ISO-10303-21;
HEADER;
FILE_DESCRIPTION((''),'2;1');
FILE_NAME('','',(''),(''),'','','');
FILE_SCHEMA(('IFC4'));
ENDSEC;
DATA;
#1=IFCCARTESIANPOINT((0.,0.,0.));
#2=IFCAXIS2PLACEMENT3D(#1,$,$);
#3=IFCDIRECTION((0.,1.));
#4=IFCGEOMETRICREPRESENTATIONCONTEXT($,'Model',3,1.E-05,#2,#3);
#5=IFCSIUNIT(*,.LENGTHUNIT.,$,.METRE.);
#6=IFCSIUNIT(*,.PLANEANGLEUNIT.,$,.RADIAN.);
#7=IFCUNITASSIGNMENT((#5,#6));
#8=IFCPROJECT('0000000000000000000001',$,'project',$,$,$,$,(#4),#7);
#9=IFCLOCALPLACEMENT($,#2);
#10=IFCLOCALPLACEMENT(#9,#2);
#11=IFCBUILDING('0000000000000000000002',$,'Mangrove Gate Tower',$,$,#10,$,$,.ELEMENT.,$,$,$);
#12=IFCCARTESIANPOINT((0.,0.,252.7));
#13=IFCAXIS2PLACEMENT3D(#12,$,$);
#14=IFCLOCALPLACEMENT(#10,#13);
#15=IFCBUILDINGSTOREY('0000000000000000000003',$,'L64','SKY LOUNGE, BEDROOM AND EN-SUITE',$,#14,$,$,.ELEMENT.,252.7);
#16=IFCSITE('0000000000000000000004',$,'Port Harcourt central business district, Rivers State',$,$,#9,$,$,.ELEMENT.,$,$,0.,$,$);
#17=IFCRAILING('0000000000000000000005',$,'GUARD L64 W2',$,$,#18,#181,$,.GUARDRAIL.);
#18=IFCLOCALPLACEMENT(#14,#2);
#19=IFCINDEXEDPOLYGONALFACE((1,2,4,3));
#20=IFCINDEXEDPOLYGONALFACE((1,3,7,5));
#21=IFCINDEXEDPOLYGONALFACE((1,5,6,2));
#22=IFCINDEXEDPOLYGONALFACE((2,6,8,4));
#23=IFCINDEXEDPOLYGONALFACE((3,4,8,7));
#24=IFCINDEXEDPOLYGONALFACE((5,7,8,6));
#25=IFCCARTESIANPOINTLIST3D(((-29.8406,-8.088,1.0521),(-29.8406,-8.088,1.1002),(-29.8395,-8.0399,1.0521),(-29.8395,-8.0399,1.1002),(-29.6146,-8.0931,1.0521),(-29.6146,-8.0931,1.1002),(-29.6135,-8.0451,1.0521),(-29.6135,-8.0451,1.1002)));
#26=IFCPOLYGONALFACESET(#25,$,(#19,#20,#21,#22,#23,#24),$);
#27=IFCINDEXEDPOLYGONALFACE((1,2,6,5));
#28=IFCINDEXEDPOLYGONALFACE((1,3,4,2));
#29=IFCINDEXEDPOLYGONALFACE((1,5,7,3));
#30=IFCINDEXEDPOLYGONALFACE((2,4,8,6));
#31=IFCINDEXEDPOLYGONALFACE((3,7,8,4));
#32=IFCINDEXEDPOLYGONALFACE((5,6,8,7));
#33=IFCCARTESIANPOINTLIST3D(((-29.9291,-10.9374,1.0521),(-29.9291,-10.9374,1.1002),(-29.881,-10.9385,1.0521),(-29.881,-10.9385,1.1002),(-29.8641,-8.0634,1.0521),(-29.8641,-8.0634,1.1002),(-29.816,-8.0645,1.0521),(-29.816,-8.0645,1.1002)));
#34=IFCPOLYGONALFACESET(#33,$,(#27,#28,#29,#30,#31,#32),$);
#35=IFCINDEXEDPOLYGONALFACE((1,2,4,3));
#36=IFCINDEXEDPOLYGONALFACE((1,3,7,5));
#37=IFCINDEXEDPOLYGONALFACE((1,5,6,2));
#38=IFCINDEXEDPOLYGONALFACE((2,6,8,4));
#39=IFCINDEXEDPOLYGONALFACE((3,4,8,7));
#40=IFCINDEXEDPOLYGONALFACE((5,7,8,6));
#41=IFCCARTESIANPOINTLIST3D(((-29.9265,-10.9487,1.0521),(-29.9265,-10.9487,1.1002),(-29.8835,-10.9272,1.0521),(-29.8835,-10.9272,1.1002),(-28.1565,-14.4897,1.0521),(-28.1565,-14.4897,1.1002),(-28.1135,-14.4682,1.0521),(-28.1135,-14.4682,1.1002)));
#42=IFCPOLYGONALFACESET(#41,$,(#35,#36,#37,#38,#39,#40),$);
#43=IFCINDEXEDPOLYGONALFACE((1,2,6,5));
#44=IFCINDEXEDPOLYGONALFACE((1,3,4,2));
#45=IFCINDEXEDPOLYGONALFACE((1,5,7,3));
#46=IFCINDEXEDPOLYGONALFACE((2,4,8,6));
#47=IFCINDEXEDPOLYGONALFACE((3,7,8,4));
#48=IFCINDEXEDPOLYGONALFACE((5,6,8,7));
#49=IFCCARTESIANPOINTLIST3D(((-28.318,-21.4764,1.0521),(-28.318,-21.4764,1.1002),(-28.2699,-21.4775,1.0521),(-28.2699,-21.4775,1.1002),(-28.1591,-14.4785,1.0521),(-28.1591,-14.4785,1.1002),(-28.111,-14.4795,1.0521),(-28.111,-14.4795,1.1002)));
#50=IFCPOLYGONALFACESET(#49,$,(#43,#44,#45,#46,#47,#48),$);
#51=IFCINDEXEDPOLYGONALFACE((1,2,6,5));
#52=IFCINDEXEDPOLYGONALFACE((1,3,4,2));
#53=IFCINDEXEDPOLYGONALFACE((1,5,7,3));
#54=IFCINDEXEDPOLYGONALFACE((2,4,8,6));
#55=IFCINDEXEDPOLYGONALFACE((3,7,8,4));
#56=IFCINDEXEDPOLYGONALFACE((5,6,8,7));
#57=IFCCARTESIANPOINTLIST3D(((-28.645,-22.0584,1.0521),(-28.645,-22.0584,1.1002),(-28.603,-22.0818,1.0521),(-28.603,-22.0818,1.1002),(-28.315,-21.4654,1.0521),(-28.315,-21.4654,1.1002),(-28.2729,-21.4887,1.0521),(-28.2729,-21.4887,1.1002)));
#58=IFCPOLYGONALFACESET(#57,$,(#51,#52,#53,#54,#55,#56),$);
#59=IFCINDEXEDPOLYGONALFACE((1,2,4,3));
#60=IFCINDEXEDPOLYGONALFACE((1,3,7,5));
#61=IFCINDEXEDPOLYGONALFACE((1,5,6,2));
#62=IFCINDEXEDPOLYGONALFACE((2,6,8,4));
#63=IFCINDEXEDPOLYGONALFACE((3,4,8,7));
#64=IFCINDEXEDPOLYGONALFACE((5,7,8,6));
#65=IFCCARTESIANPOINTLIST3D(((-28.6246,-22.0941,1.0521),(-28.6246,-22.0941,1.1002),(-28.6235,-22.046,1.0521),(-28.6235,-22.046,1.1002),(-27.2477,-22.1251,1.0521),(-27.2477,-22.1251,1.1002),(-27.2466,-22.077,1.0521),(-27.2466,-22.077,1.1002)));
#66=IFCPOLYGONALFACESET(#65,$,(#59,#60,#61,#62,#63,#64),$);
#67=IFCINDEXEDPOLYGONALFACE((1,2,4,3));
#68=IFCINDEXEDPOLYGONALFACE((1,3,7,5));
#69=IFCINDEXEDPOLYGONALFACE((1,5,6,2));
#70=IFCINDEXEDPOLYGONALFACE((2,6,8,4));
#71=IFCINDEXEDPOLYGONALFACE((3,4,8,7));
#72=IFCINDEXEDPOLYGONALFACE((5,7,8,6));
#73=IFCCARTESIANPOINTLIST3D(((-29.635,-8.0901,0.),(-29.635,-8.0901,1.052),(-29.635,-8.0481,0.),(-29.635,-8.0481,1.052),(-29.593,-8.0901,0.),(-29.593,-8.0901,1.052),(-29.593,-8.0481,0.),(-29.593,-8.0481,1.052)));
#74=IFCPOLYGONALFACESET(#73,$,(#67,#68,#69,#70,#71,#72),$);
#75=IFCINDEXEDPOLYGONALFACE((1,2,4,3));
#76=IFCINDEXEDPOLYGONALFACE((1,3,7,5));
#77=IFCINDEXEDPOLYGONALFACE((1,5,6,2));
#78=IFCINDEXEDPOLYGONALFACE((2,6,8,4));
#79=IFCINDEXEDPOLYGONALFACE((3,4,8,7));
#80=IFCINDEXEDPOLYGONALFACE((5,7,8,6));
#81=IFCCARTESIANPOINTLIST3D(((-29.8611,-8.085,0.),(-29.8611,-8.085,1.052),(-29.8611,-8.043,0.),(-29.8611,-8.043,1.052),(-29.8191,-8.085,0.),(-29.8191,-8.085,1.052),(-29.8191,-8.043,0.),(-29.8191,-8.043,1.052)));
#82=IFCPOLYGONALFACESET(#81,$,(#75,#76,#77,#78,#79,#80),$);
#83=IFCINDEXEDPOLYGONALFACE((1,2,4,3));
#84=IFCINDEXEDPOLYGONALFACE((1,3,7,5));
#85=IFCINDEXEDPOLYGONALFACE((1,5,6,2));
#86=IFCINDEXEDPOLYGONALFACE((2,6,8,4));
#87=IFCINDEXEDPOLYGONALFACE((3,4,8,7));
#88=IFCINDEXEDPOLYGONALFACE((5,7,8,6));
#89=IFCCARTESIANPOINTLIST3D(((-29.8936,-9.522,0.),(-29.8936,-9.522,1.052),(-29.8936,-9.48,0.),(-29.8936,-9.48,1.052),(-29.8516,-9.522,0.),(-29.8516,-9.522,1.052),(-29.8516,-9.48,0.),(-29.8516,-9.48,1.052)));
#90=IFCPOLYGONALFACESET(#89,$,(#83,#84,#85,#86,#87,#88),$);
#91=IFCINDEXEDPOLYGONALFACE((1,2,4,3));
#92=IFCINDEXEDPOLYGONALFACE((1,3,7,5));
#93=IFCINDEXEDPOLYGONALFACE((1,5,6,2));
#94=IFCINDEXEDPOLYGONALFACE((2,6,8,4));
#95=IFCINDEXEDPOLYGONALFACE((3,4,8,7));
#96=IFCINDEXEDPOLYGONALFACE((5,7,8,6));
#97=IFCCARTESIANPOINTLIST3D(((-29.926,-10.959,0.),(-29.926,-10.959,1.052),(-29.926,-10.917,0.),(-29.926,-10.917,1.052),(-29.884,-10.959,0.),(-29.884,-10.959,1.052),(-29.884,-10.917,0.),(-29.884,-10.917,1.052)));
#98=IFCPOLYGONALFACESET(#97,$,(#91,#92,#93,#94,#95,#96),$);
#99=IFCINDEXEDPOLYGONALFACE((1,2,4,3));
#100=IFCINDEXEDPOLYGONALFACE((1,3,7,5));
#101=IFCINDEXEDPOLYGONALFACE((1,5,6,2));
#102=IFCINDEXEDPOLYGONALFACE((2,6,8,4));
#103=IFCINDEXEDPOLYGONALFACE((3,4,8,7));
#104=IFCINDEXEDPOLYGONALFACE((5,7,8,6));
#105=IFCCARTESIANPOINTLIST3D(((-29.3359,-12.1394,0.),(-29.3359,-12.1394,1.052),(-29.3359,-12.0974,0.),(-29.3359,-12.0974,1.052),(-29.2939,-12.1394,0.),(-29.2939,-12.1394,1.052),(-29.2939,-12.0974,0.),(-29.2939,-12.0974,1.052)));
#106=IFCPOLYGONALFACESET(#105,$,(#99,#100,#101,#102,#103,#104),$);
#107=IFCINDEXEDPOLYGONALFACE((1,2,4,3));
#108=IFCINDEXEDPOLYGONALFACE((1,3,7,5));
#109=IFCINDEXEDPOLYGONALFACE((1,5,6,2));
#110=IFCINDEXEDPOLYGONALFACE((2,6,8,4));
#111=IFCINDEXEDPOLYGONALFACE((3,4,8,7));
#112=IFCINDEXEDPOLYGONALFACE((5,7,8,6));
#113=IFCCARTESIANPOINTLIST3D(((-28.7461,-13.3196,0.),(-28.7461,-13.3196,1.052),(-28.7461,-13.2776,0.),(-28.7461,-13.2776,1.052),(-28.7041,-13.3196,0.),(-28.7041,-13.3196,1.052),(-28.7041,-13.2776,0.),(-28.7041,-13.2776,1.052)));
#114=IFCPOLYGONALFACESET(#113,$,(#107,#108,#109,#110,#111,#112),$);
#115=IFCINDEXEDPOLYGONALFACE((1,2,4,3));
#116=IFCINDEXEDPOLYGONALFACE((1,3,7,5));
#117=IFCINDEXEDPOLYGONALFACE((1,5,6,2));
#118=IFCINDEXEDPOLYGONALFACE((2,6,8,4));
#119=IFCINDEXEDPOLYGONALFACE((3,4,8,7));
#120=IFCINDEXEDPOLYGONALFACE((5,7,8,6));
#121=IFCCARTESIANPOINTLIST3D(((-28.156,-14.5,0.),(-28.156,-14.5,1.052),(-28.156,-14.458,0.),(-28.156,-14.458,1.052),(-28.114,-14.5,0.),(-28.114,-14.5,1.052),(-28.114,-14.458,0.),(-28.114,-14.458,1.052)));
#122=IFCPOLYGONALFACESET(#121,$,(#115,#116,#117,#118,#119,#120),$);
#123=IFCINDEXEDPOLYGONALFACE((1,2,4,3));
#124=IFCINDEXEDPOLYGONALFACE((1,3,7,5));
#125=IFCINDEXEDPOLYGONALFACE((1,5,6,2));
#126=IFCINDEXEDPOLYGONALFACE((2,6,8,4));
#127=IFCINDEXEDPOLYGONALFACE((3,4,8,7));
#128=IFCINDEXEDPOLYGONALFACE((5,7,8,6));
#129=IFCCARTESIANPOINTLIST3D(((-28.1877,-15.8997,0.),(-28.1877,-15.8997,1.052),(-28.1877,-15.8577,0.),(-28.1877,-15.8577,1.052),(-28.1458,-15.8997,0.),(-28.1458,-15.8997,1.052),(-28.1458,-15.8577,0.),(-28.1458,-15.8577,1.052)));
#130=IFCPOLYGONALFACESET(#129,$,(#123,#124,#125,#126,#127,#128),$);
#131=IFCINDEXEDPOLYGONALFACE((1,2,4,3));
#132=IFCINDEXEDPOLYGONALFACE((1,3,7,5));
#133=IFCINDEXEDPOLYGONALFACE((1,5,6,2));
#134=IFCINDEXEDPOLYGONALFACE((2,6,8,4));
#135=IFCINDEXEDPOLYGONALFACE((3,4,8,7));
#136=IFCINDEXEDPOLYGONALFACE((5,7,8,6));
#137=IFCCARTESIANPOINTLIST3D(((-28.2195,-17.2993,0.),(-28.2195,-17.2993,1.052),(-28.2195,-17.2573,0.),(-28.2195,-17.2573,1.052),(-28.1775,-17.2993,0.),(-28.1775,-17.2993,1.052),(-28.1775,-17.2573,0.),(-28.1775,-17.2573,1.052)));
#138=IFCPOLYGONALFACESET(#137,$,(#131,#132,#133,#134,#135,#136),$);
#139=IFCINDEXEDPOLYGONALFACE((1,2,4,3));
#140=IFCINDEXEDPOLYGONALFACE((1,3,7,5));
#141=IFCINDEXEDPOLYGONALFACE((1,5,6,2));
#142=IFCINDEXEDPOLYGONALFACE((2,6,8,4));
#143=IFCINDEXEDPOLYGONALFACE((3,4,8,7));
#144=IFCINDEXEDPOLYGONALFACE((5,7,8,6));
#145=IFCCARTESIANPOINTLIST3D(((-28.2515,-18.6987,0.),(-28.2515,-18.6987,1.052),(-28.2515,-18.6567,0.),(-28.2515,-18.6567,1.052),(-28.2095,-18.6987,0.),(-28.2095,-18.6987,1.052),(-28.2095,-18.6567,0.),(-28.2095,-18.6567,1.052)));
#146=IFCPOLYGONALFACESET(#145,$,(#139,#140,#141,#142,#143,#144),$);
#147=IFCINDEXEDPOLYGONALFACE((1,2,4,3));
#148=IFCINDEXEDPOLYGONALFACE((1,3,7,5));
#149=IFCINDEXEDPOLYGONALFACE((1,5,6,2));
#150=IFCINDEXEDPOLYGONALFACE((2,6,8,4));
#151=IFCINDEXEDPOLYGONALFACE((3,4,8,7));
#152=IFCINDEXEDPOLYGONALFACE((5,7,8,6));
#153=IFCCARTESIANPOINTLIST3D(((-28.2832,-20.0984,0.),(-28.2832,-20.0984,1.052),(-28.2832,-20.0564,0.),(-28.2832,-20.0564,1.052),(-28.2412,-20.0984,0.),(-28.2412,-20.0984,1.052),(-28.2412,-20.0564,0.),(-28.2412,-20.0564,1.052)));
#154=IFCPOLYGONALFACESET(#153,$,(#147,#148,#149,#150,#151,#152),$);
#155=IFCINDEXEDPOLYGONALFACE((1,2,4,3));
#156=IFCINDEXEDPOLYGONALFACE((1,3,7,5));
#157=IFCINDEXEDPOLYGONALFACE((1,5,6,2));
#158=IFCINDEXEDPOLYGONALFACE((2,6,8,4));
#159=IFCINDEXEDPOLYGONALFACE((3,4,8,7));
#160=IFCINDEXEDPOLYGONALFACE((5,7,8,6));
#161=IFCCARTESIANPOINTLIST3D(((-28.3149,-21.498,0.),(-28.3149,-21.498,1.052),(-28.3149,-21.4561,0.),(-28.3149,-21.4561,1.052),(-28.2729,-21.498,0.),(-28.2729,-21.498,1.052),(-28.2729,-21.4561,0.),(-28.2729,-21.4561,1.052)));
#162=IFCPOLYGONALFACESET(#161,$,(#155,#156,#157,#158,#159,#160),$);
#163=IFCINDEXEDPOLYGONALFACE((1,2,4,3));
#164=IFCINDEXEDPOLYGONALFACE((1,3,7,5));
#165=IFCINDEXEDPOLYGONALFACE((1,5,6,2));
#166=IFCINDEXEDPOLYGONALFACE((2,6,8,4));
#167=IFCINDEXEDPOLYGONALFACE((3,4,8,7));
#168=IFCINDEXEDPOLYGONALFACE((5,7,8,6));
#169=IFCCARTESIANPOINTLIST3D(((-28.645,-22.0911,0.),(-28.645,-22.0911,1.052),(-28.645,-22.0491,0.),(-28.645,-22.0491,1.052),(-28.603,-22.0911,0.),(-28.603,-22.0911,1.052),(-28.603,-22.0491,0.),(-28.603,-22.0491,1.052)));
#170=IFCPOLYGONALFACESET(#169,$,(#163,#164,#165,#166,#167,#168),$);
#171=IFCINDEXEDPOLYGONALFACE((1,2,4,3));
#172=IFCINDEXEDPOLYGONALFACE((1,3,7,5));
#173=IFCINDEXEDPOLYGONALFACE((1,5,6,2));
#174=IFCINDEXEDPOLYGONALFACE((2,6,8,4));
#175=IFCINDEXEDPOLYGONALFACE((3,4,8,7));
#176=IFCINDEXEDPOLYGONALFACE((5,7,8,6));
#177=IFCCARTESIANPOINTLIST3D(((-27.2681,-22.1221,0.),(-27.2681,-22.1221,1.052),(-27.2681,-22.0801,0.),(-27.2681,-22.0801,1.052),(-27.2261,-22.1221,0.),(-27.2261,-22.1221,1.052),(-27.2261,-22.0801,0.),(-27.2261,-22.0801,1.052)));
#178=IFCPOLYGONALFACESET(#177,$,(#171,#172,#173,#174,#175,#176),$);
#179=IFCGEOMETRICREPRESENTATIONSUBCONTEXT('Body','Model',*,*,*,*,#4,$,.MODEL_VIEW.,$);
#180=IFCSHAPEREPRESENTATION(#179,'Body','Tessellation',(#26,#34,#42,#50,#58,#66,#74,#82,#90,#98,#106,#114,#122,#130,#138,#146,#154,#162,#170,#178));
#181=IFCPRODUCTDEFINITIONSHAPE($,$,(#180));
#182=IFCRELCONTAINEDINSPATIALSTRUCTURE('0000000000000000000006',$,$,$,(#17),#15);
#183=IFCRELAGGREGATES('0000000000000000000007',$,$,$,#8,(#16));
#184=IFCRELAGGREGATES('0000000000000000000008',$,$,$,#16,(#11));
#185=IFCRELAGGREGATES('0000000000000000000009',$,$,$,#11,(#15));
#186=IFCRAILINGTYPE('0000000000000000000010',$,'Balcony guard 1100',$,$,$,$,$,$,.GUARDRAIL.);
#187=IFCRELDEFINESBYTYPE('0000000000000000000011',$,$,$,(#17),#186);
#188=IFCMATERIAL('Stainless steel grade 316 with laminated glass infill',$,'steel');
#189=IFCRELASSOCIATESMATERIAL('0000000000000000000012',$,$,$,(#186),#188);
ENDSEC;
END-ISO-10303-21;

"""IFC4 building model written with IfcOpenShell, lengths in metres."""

from ifc_helpers import new_model, si_unit, direction, frame, origin, origin_2d, place, context, subcontext, project, spatial, rectangle, extrude, material, type_object, element, save


model = new_model("IFC4")

# Units and contexts
model_context = context("Model", 3, precision=1e-05, world=origin(), true_north=direction((0.0, 1.0)))
body_context = subcontext(model_context, "Body", "Model", "MODEL_VIEW")
ifc_project = project(units=[si_unit("LENGTHUNIT", "METRE"), si_unit("PLANEANGLEUNIT", "RADIAN")], contexts=[model_context])

# Site, building, storey
site_placement = place(None, origin())
site = spatial("IfcSite", under=ifc_project, at=site_placement, Name="Port Harcourt central business district, Rivers State", CompositionType="ELEMENT", RefElevation=0.0)
building_placement = place(site_placement, origin())
building = spatial("IfcBuilding", under=site, at=building_placement, Name="Mangrove Gate Tower", CompositionType="ELEMENT")
storey_placement = place(building_placement, frame((0.0, 0.0, 252.7)))
storey = spatial("IfcBuildingStorey", under=building, at=storey_placement, Name="L64", Description="SKY LOUNGE, BEDROOM AND EN-SUITE", CompositionType="ELEMENT", Elevation=252.7)

# Railing
ifc_material_1 = material(Name="Stainless steel grade 316 with laminated glass infill", Category="steel")
railing_type = type_object("IfcRailingType", Name="Balcony guard 1100", PredefinedType="GUARDRAIL", material=ifc_material_1)
railing_1_placement = place(storey_placement, frame((-29.614, -8.0691, 0.0)))
element("IfcRailing", 1, at=railing_1_placement, inside=storey, type_object=railing_type, Name="GUARD L64 W2", PredefinedType="GUARDRAIL", context=body_context, shape_type="SweptSolid", body=[
    extrude(rectangle(XDim=0.0481, YDim=0.0481, at=origin_2d()), frame((0.0, 0.0, 1.0762), z_axis=(-0.999743, 0.022672, 0.0), x_axis=(-0.022672, -0.999743, 0.0)), (0.0, 0.0, 1.0), 0.2261),
    extrude(rectangle(XDim=0.0481, YDim=0.0481, at=origin_2d()), frame((-0.2261, 0.0051, 1.0762), z_axis=(-0.02259, -0.999745, 0.0), x_axis=(0.999745, -0.02259, 0.0)), (0.0, 0.0, 1.0), 2.8748),
    extrude(rectangle(XDim=0.0481, YDim=0.0481, at=origin_2d()), frame((-0.291, -2.8689, 1.0762), z_axis=(0.447115, -0.894477, 0.0), x_axis=(0.894477, 0.447115, 0.0)), (0.0, 0.0, 1.0), 3.9587),
    extrude(rectangle(XDim=0.0481, YDim=0.0481, at=origin_2d()), frame((1.479, -6.4099, 1.0762), z_axis=(-0.022706, -0.999742, 0.0), x_axis=(0.999742, -0.022706, 0.0)), (0.0, 0.0, 1.0), 6.9998),
    extrude(rectangle(XDim=0.0481, YDim=0.0481, at=origin_2d()), frame((1.3201, -13.408, 1.0762), z_axis=(-0.486345, -0.873767, 0.0), x_axis=(0.873767, -0.486345, 0.0)), (0.0, 0.0, 1.0), 0.6787),
    extrude(rectangle(XDim=0.0481, YDim=0.0481, at=origin_2d()), frame((0.99, -14.001, 1.0762), z_axis=(0.999747, -0.022512, 0.0), x_axis=(0.022512, 0.999747, 0.0)), (0.0, 0.0, 1.0), 1.3772),
    extrude(rectangle(XDim=0.042, YDim=0.042, at=origin_2d()), origin(), (0.0, 0.0, 1.0), 1.052),
    extrude(rectangle(XDim=0.042, YDim=0.042, at=origin_2d()), frame((-0.2261, 0.0051, 0.0)), (0.0, 0.0, 1.0), 1.052),
    extrude(rectangle(XDim=0.042, YDim=0.042, at=origin_2d()), frame((-0.2585, -1.4319, 0.0)), (0.0, 0.0, 1.0), 1.052),
    extrude(rectangle(XDim=0.042, YDim=0.042, at=origin_2d()), frame((-0.291, -2.8689, 0.0)), (0.0, 0.0, 1.0), 1.052),
    extrude(rectangle(XDim=0.042, YDim=0.042, at=origin_2d()), frame((0.2991, -4.0493, 0.0)), (0.0, 0.0, 1.0), 1.052),
    extrude(rectangle(XDim=0.042, YDim=0.042, at=origin_2d()), frame((0.8889, -5.2295, 0.0)), (0.0, 0.0, 1.0), 1.052),
    extrude(rectangle(XDim=0.042, YDim=0.042, at=origin_2d()), frame((1.479, -6.4099, 0.0)), (0.0, 0.0, 1.0), 1.052),
    extrude(rectangle(XDim=0.042, YDim=0.042, at=origin_2d()), frame((1.4473, -7.8096, 0.0)), (0.0, 0.0, 1.0), 1.052),
    extrude(rectangle(XDim=0.042, YDim=0.042, at=origin_2d()), frame((1.4155, -9.2092, 0.0)), (0.0, 0.0, 1.0), 1.052),
    extrude(rectangle(XDim=0.042, YDim=0.042, at=origin_2d()), frame((1.3835, -10.6086, 0.0)), (0.0, 0.0, 1.0), 1.052),
    extrude(rectangle(XDim=0.042, YDim=0.042, at=origin_2d()), frame((1.3518, -12.0083, 0.0)), (0.0, 0.0, 1.0), 1.052),
    extrude(rectangle(XDim=0.042, YDim=0.042, at=origin_2d()), frame((1.3201, -13.408, 0.0)), (0.0, 0.0, 1.0), 1.052),
    extrude(rectangle(XDim=0.042, YDim=0.042, at=origin_2d()), frame((0.99, -14.001, 0.0)), (0.0, 0.0, 1.0), 1.052),
    extrude(rectangle(XDim=0.042, YDim=0.042, at=origin_2d()), frame((2.3669, -14.032, 0.0)), (0.0, 0.0, 1.0), 1.052),
])

save(model, "model.ifc")
